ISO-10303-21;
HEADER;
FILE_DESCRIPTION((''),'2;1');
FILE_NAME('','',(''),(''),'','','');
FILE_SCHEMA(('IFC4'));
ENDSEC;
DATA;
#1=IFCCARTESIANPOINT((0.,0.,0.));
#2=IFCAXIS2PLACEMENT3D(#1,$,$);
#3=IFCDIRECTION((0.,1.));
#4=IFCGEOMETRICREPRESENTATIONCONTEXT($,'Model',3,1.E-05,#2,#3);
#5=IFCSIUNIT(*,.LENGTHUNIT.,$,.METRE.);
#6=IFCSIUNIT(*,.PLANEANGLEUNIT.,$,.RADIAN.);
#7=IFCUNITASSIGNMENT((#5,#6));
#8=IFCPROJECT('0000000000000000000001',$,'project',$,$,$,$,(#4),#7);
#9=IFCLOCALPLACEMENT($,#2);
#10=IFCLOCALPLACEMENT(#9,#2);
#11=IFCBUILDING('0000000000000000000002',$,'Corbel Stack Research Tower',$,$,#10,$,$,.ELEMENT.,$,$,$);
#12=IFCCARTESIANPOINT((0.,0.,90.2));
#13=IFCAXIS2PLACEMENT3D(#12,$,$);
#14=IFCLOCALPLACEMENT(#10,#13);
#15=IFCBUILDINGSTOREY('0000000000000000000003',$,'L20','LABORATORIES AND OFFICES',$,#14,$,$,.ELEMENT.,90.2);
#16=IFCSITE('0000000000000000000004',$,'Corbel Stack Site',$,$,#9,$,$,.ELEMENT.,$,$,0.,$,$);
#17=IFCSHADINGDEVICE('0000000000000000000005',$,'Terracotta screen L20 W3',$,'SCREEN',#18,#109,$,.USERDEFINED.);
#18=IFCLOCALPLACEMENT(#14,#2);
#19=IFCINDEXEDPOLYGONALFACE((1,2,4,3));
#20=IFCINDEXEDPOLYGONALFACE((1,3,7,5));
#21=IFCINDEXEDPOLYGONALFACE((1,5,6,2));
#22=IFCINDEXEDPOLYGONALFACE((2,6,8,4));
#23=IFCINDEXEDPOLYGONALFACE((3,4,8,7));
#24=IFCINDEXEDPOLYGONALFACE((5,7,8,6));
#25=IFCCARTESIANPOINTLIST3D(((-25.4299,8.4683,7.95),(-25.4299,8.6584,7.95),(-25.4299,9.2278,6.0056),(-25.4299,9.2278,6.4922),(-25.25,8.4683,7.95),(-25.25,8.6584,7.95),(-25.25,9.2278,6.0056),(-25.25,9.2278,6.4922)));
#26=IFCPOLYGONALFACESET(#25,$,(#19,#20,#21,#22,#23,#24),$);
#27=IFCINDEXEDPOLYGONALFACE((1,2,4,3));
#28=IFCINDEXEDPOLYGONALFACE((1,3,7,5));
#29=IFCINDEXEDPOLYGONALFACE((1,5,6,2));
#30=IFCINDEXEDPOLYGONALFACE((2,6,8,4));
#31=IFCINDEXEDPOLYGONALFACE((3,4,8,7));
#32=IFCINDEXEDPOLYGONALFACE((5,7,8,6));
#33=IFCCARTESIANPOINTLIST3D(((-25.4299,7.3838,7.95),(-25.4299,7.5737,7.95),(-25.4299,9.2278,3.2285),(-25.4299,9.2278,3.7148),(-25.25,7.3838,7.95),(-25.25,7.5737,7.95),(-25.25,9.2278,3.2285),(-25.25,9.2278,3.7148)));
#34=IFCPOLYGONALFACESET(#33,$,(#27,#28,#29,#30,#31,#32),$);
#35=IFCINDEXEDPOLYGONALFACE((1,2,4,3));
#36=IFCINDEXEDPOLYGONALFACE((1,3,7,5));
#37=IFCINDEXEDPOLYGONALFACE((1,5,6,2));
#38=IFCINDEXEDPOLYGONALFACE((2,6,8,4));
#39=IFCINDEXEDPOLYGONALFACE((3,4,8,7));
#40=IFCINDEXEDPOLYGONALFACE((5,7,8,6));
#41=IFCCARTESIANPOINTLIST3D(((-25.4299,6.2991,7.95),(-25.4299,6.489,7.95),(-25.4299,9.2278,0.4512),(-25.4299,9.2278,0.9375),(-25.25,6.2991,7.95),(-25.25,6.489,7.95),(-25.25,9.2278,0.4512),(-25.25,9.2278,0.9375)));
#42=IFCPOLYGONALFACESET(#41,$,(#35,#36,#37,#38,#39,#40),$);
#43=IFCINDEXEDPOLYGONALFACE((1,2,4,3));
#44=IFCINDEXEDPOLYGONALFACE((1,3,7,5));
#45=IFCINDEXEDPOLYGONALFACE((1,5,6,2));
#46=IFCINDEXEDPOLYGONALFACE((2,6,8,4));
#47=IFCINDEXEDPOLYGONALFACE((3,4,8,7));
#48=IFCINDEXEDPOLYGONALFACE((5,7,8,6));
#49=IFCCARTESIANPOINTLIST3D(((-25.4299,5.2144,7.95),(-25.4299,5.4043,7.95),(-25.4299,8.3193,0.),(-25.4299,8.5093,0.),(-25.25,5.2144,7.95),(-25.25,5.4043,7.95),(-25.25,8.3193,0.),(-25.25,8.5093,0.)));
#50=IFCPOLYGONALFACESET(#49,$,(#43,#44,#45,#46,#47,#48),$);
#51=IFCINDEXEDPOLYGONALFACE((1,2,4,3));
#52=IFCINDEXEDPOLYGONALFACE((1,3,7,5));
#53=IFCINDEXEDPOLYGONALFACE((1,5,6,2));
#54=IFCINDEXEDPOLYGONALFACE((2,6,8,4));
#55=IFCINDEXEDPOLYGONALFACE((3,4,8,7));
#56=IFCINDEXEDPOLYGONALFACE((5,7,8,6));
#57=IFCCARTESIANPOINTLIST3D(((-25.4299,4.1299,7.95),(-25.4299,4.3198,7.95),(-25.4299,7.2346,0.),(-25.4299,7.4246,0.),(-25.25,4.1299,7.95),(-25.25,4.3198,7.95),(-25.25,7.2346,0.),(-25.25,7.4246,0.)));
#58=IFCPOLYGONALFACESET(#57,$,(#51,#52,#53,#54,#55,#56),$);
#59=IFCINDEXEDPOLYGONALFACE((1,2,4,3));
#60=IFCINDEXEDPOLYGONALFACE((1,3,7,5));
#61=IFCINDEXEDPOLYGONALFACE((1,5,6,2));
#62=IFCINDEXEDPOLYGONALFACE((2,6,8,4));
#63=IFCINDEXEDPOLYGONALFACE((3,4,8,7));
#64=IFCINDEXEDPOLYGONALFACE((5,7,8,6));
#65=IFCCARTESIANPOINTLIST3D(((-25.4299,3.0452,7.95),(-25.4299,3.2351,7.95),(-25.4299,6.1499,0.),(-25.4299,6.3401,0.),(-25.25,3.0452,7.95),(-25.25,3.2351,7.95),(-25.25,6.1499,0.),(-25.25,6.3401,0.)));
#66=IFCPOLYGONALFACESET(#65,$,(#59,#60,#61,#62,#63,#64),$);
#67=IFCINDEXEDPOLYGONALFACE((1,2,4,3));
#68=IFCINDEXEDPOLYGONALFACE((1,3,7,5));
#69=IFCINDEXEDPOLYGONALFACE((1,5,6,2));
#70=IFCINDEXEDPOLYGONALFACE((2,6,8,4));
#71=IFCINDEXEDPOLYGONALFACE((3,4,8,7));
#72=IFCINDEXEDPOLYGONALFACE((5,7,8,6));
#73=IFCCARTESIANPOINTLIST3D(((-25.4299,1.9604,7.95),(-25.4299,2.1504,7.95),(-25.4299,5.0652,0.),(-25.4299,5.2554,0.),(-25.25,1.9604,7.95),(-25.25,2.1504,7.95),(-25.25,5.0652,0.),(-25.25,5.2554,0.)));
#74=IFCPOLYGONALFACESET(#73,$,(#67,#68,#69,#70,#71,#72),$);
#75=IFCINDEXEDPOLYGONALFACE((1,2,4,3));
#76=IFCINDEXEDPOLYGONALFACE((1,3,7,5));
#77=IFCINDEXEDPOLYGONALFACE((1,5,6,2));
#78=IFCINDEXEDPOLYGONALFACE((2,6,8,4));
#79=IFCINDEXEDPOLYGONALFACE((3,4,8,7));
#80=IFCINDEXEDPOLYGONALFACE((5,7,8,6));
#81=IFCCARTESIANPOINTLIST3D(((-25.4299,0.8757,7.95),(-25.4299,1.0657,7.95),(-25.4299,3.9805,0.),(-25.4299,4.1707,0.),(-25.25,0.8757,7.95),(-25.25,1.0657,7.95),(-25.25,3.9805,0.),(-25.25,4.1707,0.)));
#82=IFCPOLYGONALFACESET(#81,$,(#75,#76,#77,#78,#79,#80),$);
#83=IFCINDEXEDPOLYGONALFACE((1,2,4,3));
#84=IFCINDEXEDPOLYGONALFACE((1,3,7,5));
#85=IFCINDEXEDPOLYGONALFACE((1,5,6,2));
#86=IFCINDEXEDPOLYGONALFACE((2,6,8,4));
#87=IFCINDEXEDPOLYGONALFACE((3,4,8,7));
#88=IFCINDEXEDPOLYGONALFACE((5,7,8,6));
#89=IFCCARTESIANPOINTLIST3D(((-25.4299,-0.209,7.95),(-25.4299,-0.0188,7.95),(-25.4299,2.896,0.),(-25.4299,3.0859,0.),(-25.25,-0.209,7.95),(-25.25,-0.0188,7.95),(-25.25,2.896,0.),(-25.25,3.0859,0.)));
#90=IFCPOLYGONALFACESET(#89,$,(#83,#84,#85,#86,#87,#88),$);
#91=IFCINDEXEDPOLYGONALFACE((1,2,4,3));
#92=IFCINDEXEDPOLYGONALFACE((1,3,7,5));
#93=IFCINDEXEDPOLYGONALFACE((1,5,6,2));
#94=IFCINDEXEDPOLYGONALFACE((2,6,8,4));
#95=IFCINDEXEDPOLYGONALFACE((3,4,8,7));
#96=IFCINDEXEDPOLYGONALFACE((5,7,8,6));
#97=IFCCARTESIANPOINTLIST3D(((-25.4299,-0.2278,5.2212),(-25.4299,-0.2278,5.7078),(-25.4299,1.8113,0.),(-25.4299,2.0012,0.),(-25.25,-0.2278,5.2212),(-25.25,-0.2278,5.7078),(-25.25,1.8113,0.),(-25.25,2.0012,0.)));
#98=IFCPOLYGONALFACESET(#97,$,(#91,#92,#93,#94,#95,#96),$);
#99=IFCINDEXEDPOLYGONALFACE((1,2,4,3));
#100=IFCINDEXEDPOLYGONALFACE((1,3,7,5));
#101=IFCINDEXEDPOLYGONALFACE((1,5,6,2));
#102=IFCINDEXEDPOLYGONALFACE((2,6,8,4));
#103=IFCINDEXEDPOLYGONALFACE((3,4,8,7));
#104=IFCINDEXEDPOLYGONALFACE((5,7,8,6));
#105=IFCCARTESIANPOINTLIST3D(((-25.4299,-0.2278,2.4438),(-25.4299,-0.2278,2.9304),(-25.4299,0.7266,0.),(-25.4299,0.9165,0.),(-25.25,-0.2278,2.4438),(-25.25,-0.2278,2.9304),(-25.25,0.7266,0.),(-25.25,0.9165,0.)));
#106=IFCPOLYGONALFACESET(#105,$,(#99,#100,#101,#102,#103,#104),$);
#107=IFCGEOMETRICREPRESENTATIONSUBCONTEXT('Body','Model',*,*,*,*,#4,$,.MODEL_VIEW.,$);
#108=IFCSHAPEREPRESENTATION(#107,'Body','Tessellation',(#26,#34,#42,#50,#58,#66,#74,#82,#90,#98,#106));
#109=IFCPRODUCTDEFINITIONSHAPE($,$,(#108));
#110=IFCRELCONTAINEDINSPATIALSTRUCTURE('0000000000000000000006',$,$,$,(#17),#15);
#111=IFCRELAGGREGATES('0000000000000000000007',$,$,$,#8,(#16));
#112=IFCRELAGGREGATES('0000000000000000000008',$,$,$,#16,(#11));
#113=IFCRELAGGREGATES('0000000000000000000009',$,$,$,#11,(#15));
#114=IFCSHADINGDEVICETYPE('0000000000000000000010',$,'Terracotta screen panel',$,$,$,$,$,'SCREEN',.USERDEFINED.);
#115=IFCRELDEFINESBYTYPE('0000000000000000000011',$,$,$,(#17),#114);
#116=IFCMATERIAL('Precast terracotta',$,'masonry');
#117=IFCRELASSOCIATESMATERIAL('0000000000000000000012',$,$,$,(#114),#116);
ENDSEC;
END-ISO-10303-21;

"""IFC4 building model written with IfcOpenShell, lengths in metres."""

from ifc_helpers import new_model, si_unit, direction, frame, origin, place, context, subcontext, project, spatial, polyline, outline, extrude, source, transform, mapped, material, type_object, element, save


model = new_model("IFC4")

# Units and contexts
model_context = context("Model", 3, precision=1e-05, world=origin(), true_north=direction((0.0, 1.0)))
body_context = subcontext(model_context, "Body", "Model", "MODEL_VIEW")
ifc_project = project(units=[si_unit("LENGTHUNIT", "METRE"), si_unit("PLANEANGLEUNIT", "RADIAN")], contexts=[model_context])

# Site, building, storey
site_placement = place(None, origin())
site = spatial("IfcSite", under=ifc_project, at=site_placement, Name="Corbel Stack Site", CompositionType="ELEMENT", RefElevation=0.0)
building_placement = place(site_placement, origin())
building = spatial("IfcBuilding", under=site, at=building_placement, Name="Corbel Stack Research Tower", CompositionType="ELEMENT")
storey_placement = place(building_placement, frame((0.0, 0.0, 90.2)))
storey = spatial("IfcBuildingStorey", under=building, at=storey_placement, Name="L20", Description="LABORATORIES AND OFFICES", CompositionType="ELEMENT", Elevation=90.2)

# Shading device
ifc_material_1 = material(Name="Precast terracotta", Category="masonry")
shading_device_type = type_object("IfcShadingDeviceType", Name="Terracotta screen panel", ElementType="SCREEN", PredefinedType="USERDEFINED", material=ifc_material_1)
shared_shape = source(origin(), body_context, "Body", "SweptSolid", [
    extrude(outline(polyline([(0.7595, 7.95), (0.5693, 7.95), (0.0, 6.4922), (0.0, 6.0056), (0.7595, 7.95)])), frame((0.0, 0.0, 0.0), z_axis=(0.0, -1.0, 0.0), x_axis=(1.0, 0.0, 0.0)), (0.0, 0.0, 1.0), 0.1799),
    extrude(outline(polyline([(1.844, 7.95), (1.6541, 7.95), (0.0, 3.7148), (0.0, 3.2285), (1.844, 7.95)])), frame((0.0, 0.0, 0.0), z_axis=(0.0, -1.0, 0.0), x_axis=(1.0, 0.0, 0.0)), (0.0, 0.0, 1.0), 0.1799),
    extrude(outline(polyline([(2.9287, 7.95), (2.7388, 7.95), (0.0, 0.9375), (0.0, 0.4512), (2.9287, 7.95)])), frame((0.0, 0.0, 0.0), z_axis=(0.0, -1.0, 0.0), x_axis=(1.0, 0.0, 0.0)), (0.0, 0.0, 1.0), 0.1799),
    extrude(outline(polyline([(0.9084, 0.0), (4.0134, 7.95), (3.8235, 7.95), (0.7185, 0.0), (0.9084, 0.0)])), frame((0.0, 0.0, 0.0), z_axis=(0.0, -1.0, 0.0), x_axis=(1.0, 0.0, 0.0)), (0.0, 0.0, 1.0), 0.1799),
    extrude(outline(polyline([(1.9932, 0.0), (5.0979, 7.95), (4.908, 7.95), (1.8032, 0.0), (1.9932, 0.0)])), frame((0.0, 0.0, 0.0), z_axis=(0.0, -1.0, 0.0), x_axis=(1.0, 0.0, 0.0)), (0.0, 0.0, 1.0), 0.1799),
    extrude(outline(polyline([(3.0779, 0.0), (6.1826, 7.95), (5.9927, 7.95), (2.8877, 0.0), (3.0779, 0.0)])), frame((0.0, 0.0, 0.0), z_axis=(0.0, -1.0, 0.0), x_axis=(1.0, 0.0, 0.0)), (0.0, 0.0, 1.0), 0.1799),
    extrude(outline(polyline([(4.1626, 0.0), (7.2673, 7.95), (7.0774, 7.95), (3.9724, 0.0), (4.1626, 0.0)])), frame((0.0, 0.0, 0.0), z_axis=(0.0, -1.0, 0.0), x_axis=(1.0, 0.0, 0.0)), (0.0, 0.0, 1.0), 0.1799),
    extrude(outline(polyline([(5.2473, 0.0), (8.3521, 7.95), (8.1621, 7.95), (5.0571, 0.0), (5.2473, 0.0)])), frame((0.0, 0.0, 0.0), z_axis=(0.0, -1.0, 0.0), x_axis=(1.0, 0.0, 0.0)), (0.0, 0.0, 1.0), 0.1799),
    extrude(outline(polyline([(6.3318, 0.0), (9.4368, 7.95), (9.2466, 7.95), (6.1418, 0.0), (6.3318, 0.0)])), frame((0.0, 0.0, 0.0), z_axis=(0.0, -1.0, 0.0), x_axis=(1.0, 0.0, 0.0)), (0.0, 0.0, 1.0), 0.1799),
    extrude(outline(polyline([(7.4165, 0.0), (9.4556, 5.2212), (9.4556, 5.7078), (7.2266, 0.0), (7.4165, 0.0)])), frame((0.0, 0.0, 0.0), z_axis=(0.0, -1.0, 0.0), x_axis=(1.0, 0.0, 0.0)), (0.0, 0.0, 1.0), 0.1799),
    extrude(outline(polyline([(8.5012, 0.0), (9.4556, 2.4438), (9.4556, 2.9304), (8.3113, 0.0), (8.5012, 0.0)])), frame((0.0, 0.0, 0.0), z_axis=(0.0, -1.0, 0.0), x_axis=(1.0, 0.0, 0.0)), (0.0, 0.0, 1.0), 0.1799),
])
shading_device_placement = place(storey_placement, frame((-25.25, 9.2278, 0.0), z_axis=(0.0, 0.0, 1.0), x_axis=(0.0, -1.0, 0.0)))
element("IfcShadingDevice", 1, at=shading_device_placement, inside=storey, type_object=shading_device_type, Name="Terracotta screen L20 W3", ObjectType="SCREEN", PredefinedType="USERDEFINED", context=body_context, shape_type="MappedRepresentation", body=[
    mapped(shared_shape, transform((0.0, 0.0, 0.0))),
])

save(model, "model.ifc")
